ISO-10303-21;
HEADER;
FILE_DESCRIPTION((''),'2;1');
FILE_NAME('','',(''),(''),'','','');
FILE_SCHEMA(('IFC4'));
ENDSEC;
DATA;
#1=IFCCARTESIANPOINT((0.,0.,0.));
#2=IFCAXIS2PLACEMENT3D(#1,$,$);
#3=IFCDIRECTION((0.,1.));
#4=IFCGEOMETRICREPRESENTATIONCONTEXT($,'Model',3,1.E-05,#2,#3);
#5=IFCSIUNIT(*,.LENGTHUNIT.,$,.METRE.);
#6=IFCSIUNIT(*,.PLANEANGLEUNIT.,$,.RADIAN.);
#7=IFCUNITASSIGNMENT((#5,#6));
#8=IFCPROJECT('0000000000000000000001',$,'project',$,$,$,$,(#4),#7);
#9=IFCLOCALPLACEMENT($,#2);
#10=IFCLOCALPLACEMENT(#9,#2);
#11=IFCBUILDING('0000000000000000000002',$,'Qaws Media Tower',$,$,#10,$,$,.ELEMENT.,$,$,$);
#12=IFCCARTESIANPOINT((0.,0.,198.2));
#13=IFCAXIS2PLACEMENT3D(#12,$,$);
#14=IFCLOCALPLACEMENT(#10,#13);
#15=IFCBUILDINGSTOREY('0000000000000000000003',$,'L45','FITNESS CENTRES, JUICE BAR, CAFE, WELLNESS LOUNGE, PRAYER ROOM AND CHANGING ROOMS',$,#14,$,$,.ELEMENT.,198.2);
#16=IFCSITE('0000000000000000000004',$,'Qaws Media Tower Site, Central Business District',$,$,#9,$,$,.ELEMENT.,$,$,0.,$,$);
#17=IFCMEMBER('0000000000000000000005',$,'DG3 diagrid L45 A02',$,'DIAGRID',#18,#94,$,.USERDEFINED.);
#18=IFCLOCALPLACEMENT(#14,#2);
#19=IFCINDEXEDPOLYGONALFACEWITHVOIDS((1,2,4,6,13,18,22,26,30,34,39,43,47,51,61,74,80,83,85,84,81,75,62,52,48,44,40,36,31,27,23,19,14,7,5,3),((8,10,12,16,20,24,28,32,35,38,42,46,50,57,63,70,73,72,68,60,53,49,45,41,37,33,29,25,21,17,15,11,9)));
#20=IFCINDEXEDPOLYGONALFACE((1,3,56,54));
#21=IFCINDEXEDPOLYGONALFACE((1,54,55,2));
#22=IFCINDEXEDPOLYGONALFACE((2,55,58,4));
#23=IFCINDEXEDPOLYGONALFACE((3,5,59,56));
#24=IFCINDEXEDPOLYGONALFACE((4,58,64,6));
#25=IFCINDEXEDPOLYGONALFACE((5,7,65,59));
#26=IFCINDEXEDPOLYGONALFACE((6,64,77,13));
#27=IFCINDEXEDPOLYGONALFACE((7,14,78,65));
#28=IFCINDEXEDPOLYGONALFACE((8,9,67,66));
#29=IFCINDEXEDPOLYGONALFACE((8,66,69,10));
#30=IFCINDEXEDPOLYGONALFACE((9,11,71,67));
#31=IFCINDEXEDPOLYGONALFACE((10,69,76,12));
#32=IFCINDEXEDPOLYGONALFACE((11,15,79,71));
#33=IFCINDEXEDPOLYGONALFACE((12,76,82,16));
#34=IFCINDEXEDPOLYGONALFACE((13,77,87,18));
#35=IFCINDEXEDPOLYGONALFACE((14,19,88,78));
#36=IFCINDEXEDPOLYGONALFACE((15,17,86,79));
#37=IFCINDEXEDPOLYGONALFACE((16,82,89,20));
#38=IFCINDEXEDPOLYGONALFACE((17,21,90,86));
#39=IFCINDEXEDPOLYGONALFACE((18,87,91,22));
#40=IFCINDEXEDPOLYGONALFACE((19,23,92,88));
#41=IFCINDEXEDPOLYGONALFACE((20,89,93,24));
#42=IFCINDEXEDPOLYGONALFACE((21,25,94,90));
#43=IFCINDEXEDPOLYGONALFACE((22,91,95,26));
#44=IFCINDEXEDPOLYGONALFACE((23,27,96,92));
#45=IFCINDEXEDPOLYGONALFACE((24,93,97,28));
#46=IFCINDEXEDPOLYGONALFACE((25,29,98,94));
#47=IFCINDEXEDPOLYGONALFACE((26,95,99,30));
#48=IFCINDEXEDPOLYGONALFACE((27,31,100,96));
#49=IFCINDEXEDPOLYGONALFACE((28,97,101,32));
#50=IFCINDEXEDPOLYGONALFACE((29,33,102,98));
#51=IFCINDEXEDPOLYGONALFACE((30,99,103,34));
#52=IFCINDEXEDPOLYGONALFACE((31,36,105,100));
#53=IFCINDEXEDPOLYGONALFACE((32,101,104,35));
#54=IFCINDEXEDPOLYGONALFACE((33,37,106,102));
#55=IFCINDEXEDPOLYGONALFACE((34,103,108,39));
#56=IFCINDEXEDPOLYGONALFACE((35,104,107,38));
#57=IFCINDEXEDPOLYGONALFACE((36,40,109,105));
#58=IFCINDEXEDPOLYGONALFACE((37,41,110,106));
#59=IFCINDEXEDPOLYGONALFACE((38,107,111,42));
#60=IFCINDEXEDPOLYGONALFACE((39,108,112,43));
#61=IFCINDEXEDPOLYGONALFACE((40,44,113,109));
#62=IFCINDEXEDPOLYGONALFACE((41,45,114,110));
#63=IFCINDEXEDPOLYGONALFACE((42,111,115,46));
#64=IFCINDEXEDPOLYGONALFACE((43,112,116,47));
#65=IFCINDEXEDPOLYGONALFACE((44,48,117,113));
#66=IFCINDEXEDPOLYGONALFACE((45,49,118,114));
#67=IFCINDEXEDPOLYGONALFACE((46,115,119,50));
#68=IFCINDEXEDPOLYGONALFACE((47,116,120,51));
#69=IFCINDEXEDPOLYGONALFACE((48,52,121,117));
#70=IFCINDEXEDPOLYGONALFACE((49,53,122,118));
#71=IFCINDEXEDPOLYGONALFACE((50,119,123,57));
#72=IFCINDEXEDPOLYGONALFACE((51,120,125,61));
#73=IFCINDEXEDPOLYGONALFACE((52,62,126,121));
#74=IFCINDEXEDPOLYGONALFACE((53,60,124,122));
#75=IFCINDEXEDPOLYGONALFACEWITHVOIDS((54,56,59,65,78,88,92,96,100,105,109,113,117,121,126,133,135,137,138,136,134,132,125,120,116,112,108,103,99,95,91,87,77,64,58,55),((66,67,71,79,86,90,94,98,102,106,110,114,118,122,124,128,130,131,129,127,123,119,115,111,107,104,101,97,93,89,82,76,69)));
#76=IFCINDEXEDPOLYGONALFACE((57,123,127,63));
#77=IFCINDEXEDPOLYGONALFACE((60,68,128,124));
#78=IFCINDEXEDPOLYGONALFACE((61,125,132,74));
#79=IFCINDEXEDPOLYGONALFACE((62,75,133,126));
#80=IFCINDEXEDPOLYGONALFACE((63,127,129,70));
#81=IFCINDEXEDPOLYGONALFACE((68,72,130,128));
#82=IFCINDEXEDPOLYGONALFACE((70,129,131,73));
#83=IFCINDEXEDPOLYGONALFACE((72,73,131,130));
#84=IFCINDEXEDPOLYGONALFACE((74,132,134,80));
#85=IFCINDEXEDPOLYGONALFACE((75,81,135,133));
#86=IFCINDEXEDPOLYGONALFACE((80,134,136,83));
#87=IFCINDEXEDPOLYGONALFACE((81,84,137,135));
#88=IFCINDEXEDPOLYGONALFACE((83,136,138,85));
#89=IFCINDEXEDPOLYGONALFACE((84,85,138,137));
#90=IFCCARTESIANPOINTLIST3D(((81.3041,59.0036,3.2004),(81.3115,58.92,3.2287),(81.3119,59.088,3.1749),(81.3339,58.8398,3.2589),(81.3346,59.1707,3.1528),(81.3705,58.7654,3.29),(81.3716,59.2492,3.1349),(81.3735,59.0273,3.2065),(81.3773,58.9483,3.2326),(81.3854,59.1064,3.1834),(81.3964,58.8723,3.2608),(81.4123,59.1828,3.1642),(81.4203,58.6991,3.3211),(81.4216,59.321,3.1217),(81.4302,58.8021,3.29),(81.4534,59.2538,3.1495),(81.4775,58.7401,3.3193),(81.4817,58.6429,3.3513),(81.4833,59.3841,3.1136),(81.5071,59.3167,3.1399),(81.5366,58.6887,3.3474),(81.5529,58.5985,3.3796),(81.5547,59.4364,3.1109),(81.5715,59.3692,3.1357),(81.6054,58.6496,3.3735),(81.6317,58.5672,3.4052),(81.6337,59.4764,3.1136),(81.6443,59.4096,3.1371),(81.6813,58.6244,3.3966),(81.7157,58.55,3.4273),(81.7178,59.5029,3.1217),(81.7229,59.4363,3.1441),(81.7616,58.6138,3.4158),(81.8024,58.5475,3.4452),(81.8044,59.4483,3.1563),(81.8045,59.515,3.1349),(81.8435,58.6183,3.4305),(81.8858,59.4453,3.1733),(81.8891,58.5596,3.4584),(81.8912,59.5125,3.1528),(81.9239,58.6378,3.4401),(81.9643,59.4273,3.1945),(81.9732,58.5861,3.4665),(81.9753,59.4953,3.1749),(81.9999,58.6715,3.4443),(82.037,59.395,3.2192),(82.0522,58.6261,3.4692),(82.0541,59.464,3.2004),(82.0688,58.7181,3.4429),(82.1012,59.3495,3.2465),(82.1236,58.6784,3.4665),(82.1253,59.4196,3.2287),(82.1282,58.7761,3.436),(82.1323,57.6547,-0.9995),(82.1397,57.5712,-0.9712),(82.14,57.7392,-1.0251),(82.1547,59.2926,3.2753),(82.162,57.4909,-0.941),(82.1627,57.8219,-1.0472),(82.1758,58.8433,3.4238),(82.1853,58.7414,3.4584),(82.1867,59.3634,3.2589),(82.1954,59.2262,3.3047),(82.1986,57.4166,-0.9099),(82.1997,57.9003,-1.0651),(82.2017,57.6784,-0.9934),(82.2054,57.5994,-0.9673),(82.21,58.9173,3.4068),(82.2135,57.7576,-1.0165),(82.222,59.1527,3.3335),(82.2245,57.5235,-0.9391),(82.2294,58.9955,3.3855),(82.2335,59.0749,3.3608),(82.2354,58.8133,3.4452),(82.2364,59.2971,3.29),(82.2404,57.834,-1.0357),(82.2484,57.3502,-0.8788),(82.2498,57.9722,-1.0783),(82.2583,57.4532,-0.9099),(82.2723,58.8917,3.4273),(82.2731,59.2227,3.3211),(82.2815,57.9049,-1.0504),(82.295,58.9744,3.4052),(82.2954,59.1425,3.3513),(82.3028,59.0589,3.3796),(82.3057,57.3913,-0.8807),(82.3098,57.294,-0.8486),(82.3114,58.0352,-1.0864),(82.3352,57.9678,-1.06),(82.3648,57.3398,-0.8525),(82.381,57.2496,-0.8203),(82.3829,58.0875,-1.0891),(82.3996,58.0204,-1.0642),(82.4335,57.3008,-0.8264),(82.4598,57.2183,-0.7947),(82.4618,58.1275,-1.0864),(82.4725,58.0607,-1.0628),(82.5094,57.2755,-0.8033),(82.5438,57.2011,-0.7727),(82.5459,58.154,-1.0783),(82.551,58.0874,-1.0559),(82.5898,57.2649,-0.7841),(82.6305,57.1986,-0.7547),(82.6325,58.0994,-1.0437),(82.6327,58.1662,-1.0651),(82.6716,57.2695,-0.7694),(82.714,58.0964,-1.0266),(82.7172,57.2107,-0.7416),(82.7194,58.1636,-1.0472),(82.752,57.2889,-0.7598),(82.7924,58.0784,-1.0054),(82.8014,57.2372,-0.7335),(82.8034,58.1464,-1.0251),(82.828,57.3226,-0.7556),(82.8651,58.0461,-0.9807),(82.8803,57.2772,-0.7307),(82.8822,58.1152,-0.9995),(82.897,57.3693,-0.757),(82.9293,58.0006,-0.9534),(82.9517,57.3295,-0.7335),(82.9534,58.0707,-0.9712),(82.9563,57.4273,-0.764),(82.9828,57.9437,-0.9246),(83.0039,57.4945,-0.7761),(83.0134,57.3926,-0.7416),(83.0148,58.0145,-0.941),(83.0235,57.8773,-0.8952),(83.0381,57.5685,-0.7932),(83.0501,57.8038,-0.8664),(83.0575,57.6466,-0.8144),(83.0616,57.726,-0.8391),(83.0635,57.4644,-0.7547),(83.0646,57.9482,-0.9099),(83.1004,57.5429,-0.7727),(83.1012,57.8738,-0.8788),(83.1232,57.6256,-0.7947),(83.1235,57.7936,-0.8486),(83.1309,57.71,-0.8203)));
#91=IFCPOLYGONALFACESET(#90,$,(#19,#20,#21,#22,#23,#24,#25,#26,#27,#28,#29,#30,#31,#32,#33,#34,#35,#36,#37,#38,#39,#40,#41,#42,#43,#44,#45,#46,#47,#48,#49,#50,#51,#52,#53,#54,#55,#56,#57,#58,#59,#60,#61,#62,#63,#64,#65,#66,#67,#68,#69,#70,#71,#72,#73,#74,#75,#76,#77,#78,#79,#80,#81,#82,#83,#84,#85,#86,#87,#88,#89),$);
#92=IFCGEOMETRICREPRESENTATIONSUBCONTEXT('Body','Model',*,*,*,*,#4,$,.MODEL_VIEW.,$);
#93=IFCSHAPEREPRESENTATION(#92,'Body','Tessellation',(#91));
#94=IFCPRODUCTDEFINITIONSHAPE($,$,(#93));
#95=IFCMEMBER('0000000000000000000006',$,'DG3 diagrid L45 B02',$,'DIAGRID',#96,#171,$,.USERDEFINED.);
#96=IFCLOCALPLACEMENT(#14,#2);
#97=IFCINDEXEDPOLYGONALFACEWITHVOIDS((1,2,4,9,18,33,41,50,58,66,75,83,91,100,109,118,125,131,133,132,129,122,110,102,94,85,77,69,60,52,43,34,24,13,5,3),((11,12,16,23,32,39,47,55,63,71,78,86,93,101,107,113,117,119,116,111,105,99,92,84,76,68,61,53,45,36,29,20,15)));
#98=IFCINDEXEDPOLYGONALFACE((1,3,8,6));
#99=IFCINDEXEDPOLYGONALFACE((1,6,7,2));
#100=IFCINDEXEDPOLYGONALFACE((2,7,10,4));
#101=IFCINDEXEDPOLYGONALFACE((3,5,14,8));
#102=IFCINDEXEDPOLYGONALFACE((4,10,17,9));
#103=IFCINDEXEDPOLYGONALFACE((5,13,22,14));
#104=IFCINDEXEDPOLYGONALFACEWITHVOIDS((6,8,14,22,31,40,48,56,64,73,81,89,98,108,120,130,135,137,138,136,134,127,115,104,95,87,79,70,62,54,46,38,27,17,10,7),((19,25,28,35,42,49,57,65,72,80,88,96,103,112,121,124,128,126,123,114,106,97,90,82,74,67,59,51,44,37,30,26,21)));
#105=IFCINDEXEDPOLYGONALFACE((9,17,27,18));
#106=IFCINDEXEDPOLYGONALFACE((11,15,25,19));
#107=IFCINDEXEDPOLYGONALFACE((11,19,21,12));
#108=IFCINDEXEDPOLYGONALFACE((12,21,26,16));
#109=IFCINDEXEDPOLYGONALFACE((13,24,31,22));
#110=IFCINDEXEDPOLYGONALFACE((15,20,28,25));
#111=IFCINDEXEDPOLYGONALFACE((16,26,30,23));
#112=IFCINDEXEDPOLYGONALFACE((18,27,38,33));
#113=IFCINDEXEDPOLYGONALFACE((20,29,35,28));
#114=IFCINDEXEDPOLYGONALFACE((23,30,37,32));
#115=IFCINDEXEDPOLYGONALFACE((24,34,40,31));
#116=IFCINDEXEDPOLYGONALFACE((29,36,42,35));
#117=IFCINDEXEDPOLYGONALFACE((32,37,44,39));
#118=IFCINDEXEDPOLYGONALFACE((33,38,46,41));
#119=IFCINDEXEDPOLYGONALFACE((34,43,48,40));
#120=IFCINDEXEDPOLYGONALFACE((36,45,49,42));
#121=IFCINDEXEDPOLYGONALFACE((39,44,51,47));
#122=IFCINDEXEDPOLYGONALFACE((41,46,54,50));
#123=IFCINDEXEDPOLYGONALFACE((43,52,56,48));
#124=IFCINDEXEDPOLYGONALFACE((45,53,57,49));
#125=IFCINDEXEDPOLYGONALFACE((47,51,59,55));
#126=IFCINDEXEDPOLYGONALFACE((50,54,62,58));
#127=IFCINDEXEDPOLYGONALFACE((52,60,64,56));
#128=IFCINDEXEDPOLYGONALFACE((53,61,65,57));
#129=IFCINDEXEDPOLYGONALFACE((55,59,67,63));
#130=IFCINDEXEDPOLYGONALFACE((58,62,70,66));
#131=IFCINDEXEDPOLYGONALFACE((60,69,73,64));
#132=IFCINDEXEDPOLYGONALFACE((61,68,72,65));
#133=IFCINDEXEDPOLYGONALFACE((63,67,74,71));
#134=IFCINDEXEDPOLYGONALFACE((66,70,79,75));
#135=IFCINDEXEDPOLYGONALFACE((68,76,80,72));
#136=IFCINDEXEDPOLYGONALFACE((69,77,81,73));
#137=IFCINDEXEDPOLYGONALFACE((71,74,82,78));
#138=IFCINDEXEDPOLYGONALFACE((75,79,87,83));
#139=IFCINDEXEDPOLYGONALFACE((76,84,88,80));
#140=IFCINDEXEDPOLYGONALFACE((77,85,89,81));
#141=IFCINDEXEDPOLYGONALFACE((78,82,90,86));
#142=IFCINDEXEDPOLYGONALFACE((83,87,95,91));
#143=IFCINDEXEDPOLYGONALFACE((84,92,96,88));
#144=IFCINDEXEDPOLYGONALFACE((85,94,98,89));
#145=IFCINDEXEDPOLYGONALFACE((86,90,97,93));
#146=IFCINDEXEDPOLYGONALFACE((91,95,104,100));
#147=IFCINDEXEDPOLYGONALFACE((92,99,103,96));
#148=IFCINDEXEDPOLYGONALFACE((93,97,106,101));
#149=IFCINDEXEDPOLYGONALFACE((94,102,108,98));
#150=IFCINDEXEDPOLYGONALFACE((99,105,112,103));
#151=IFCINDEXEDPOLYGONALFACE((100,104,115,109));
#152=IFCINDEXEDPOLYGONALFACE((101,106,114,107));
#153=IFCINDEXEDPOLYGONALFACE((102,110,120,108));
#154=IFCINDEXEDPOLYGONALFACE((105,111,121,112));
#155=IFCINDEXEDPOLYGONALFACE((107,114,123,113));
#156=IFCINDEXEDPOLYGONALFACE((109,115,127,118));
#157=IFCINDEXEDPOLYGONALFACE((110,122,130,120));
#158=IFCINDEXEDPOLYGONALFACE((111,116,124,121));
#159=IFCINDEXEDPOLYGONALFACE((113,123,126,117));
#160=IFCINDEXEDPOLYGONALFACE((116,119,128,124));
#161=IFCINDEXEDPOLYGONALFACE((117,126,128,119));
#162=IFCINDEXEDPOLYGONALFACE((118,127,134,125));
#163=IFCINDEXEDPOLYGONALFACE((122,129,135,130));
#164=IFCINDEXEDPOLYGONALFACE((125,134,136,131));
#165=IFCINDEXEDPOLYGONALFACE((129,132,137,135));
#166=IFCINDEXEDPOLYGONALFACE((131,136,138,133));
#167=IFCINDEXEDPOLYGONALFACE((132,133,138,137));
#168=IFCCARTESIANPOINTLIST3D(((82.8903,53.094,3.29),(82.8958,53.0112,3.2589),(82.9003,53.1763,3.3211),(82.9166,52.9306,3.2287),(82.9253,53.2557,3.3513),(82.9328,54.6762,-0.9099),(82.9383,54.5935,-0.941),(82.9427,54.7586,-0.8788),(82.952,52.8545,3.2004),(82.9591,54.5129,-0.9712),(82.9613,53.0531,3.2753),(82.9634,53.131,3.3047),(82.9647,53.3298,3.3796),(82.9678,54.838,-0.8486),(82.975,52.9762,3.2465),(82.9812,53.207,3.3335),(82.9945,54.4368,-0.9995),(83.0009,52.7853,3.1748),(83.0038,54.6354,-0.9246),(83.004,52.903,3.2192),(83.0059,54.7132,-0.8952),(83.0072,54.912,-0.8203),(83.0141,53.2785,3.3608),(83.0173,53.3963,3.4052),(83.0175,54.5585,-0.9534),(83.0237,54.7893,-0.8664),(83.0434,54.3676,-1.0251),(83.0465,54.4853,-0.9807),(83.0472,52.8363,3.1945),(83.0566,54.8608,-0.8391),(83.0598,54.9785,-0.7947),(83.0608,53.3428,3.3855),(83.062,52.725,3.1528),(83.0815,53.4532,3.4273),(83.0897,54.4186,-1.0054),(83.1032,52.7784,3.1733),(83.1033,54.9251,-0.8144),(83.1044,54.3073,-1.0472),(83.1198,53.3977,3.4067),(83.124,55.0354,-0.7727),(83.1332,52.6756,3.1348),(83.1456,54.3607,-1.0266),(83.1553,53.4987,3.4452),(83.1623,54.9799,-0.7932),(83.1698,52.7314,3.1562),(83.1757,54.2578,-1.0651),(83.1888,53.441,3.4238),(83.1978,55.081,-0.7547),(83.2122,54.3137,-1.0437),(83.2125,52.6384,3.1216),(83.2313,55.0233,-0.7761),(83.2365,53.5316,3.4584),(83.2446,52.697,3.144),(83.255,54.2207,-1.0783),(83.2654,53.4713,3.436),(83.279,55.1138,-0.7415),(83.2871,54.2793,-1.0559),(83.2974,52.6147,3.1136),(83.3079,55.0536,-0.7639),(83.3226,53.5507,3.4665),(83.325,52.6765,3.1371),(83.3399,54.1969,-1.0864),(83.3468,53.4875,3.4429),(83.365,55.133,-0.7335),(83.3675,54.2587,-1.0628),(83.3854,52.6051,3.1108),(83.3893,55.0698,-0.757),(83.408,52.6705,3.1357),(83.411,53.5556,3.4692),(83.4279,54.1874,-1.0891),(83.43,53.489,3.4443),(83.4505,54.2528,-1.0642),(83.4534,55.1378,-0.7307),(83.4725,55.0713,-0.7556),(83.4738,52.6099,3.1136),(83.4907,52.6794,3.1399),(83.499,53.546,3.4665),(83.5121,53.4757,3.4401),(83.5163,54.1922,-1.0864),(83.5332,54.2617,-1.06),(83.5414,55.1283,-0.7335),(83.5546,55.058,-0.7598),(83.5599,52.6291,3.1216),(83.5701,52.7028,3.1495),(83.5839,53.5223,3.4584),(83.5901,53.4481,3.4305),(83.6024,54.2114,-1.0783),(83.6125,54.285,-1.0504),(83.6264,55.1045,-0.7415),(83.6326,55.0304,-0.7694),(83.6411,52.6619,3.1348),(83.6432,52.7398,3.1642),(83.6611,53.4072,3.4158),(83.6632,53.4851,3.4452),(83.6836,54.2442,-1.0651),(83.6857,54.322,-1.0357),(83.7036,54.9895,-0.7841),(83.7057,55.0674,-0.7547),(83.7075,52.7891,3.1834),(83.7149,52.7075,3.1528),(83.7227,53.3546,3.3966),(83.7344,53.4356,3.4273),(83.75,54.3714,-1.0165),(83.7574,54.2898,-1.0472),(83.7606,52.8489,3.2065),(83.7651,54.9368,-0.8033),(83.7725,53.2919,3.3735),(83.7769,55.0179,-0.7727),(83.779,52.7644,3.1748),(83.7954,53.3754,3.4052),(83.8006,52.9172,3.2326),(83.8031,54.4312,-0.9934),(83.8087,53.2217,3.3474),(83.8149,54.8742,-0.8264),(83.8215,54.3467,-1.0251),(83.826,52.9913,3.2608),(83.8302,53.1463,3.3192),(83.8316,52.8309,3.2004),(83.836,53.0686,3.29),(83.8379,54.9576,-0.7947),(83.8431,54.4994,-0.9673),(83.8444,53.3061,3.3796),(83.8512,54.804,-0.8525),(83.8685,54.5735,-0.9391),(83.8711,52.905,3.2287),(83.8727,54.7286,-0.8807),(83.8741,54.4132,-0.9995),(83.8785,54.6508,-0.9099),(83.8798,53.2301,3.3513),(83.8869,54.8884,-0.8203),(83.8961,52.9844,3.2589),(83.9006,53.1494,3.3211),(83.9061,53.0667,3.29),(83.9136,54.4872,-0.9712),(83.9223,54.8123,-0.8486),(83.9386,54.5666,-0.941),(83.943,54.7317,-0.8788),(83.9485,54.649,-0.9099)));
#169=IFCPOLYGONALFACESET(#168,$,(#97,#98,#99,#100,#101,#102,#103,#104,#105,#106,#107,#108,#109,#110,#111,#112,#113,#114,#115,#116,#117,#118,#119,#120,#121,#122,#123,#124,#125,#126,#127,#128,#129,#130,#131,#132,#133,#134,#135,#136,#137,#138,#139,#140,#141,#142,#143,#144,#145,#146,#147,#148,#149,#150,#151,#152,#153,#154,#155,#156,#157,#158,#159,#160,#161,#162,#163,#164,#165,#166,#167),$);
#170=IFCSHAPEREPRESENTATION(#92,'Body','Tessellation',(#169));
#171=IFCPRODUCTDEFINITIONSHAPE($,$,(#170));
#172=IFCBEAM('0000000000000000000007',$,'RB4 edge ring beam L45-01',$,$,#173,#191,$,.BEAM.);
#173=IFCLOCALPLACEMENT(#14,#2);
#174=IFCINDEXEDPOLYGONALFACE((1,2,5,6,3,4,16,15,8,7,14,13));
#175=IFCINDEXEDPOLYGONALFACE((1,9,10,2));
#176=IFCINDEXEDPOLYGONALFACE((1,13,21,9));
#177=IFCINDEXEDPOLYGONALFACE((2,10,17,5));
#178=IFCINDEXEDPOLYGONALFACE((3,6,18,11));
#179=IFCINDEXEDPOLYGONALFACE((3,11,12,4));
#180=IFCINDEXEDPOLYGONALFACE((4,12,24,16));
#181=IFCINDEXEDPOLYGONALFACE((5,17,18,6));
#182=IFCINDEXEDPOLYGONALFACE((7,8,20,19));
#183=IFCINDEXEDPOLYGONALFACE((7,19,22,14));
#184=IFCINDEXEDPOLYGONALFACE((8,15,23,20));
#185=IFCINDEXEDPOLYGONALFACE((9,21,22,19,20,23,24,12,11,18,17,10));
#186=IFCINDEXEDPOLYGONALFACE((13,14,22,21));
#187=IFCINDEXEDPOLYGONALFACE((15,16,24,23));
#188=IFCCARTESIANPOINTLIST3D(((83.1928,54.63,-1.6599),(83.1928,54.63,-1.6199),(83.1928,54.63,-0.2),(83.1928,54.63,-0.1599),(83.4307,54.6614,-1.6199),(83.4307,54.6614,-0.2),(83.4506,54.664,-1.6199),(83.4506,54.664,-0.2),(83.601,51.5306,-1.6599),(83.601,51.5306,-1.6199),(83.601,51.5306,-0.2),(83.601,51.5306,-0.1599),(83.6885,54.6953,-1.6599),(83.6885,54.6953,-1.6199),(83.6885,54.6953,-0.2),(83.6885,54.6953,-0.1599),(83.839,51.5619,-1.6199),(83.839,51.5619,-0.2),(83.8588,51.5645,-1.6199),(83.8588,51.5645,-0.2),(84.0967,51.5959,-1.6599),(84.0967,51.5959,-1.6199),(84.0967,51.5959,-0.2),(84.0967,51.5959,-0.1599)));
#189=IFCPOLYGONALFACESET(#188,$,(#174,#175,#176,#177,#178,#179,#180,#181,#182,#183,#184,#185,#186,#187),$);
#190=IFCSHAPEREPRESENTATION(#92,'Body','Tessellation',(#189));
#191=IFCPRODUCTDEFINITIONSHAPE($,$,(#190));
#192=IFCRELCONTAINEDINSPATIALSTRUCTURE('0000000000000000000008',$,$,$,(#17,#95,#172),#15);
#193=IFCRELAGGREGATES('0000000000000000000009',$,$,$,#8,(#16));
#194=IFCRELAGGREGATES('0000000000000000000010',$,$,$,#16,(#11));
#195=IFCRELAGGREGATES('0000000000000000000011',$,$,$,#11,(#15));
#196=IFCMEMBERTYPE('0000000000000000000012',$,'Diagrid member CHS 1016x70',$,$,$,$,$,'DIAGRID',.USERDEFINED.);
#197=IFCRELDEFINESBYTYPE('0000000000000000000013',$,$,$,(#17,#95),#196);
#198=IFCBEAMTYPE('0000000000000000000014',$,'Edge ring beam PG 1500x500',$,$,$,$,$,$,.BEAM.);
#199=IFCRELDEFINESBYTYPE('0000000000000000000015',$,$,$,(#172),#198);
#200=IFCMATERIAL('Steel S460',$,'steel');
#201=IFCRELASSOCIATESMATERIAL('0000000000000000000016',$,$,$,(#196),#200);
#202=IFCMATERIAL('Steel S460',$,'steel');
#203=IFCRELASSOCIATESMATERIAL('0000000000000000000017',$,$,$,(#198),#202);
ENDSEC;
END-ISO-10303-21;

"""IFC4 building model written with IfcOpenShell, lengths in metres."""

from ifc_helpers import new_model, si_unit, direction, frame, origin, origin_2d, place, context, subcontext, project, spatial, hollow_circle, i_section, extrude, material, material_profile, profile_set, type_object, element, save


model = new_model("IFC4")

# Units and contexts
model_context = context("Model", 3, precision=1e-05, world=origin(), true_north=direction((0.0, 1.0)))
body_context = subcontext(model_context, "Body", "Model", "MODEL_VIEW")
ifc_project = project(units=[si_unit("LENGTHUNIT", "METRE"), si_unit("PLANEANGLEUNIT", "RADIAN")], contexts=[model_context])

# Site, building, storey
site_placement = place(None, origin())
site = spatial("IfcSite", under=ifc_project, at=site_placement, Name="Qaws Media Tower Site, Central Business District", CompositionType="ELEMENT", RefElevation=0.0)
building_placement = place(site_placement, origin())
building = spatial("IfcBuilding", under=site, at=building_placement, Name="Qaws Media Tower", CompositionType="ELEMENT")
storey_placement = place(building_placement, frame((0.0, 0.0, 198.2)))
storey = spatial("IfcBuildingStorey", under=building, at=storey_placement, Name="L45", Description="FITNESS CENTRES, JUICE BAR, CAFE, WELLNESS LOUNGE, PRAYER ROOM AND CHANGING ROOMS", CompositionType="ELEMENT", Elevation=198.2)

# Members
ifc_material_1 = material(Name="Steel S460", Category="steel")
ifc_material_profile_1 = material_profile(ifc_material_1, hollow_circle(Radius=0.5081, WallThickness=0.0701, at=origin_2d()), Name="CHS 1016x70")
ifc_profile_set_1 = profile_set([ifc_material_profile_1], Name="Steel S460")
member_type_1 = type_object("IfcMemberType", Name="Diagrid member CHS 1016x70", ElementType="DIAGRID", PredefinedType="USERDEFINED", material=ifc_profile_set_1)
for number, where, z_axis, x_axis, name in (
    (1, (82.6316, 57.6824, -0.9099), (-0.184507, 0.300532, 0.935755), (-0.852209, -0.523202, 0.0), "DG3 diagrid L45 A02"),
    (2, (83.4407, 54.6626, -0.9099), (-0.009465, -0.352532, 0.935752), (0.99964, -0.026838, 0.0), "DG3 diagrid L45 B02"),
):
    element("IfcMember", number, at=place(storey_placement, frame(where, z_axis=z_axis, x_axis=x_axis)), inside=storey, type_object=member_type_1, Name=name, ObjectType="DIAGRID", PredefinedType="USERDEFINED", context=body_context, shape_type="SweptSolid", body=[
        extrude(hollow_circle(Radius=0.5081, WallThickness=0.0701, at=origin_2d()), origin(), (0.0, 0.0, 1.0), 4.4883),
    ])

# Beam
ifc_material_2 = material(Name="Steel S460", Category="steel")
ifc_material_profile_2 = material_profile(ifc_material_2, i_section(OverallWidth=0.5, OverallDepth=1.5, WebThickness=0.02, FlangeThickness=0.04, at=origin_2d()), Name="PG 1500x500")
ifc_profile_set_2 = profile_set([ifc_material_profile_2], Name="Steel S460")
beam_type_1 = type_object("IfcBeamType", Name="Edge ring beam PG 1500x500", PredefinedType="BEAM", material=ifc_profile_set_2)
for number, where, z_axis, x_axis, name in (
    (3, (83.8489, 51.5632, -0.9099), (-0.130578, 0.991438, 0.0), (-0.991438, -0.130578, 0.0), "RB4 edge ring beam L45-01"),
):
    element("IfcBeam", number, at=place(storey_placement, frame(where, z_axis=z_axis, x_axis=x_axis)), inside=storey, type_object=beam_type_1, Name=name, PredefinedType="BEAM", context=body_context, shape_type="SweptSolid", body=[
        extrude(i_section(OverallWidth=0.5, OverallDepth=1.5, WebThickness=0.02, FlangeThickness=0.04, at=origin_2d()), origin(), (0.0, 0.0, 1.0), 3.1262),
    ])

save(model, "model.ifc")
